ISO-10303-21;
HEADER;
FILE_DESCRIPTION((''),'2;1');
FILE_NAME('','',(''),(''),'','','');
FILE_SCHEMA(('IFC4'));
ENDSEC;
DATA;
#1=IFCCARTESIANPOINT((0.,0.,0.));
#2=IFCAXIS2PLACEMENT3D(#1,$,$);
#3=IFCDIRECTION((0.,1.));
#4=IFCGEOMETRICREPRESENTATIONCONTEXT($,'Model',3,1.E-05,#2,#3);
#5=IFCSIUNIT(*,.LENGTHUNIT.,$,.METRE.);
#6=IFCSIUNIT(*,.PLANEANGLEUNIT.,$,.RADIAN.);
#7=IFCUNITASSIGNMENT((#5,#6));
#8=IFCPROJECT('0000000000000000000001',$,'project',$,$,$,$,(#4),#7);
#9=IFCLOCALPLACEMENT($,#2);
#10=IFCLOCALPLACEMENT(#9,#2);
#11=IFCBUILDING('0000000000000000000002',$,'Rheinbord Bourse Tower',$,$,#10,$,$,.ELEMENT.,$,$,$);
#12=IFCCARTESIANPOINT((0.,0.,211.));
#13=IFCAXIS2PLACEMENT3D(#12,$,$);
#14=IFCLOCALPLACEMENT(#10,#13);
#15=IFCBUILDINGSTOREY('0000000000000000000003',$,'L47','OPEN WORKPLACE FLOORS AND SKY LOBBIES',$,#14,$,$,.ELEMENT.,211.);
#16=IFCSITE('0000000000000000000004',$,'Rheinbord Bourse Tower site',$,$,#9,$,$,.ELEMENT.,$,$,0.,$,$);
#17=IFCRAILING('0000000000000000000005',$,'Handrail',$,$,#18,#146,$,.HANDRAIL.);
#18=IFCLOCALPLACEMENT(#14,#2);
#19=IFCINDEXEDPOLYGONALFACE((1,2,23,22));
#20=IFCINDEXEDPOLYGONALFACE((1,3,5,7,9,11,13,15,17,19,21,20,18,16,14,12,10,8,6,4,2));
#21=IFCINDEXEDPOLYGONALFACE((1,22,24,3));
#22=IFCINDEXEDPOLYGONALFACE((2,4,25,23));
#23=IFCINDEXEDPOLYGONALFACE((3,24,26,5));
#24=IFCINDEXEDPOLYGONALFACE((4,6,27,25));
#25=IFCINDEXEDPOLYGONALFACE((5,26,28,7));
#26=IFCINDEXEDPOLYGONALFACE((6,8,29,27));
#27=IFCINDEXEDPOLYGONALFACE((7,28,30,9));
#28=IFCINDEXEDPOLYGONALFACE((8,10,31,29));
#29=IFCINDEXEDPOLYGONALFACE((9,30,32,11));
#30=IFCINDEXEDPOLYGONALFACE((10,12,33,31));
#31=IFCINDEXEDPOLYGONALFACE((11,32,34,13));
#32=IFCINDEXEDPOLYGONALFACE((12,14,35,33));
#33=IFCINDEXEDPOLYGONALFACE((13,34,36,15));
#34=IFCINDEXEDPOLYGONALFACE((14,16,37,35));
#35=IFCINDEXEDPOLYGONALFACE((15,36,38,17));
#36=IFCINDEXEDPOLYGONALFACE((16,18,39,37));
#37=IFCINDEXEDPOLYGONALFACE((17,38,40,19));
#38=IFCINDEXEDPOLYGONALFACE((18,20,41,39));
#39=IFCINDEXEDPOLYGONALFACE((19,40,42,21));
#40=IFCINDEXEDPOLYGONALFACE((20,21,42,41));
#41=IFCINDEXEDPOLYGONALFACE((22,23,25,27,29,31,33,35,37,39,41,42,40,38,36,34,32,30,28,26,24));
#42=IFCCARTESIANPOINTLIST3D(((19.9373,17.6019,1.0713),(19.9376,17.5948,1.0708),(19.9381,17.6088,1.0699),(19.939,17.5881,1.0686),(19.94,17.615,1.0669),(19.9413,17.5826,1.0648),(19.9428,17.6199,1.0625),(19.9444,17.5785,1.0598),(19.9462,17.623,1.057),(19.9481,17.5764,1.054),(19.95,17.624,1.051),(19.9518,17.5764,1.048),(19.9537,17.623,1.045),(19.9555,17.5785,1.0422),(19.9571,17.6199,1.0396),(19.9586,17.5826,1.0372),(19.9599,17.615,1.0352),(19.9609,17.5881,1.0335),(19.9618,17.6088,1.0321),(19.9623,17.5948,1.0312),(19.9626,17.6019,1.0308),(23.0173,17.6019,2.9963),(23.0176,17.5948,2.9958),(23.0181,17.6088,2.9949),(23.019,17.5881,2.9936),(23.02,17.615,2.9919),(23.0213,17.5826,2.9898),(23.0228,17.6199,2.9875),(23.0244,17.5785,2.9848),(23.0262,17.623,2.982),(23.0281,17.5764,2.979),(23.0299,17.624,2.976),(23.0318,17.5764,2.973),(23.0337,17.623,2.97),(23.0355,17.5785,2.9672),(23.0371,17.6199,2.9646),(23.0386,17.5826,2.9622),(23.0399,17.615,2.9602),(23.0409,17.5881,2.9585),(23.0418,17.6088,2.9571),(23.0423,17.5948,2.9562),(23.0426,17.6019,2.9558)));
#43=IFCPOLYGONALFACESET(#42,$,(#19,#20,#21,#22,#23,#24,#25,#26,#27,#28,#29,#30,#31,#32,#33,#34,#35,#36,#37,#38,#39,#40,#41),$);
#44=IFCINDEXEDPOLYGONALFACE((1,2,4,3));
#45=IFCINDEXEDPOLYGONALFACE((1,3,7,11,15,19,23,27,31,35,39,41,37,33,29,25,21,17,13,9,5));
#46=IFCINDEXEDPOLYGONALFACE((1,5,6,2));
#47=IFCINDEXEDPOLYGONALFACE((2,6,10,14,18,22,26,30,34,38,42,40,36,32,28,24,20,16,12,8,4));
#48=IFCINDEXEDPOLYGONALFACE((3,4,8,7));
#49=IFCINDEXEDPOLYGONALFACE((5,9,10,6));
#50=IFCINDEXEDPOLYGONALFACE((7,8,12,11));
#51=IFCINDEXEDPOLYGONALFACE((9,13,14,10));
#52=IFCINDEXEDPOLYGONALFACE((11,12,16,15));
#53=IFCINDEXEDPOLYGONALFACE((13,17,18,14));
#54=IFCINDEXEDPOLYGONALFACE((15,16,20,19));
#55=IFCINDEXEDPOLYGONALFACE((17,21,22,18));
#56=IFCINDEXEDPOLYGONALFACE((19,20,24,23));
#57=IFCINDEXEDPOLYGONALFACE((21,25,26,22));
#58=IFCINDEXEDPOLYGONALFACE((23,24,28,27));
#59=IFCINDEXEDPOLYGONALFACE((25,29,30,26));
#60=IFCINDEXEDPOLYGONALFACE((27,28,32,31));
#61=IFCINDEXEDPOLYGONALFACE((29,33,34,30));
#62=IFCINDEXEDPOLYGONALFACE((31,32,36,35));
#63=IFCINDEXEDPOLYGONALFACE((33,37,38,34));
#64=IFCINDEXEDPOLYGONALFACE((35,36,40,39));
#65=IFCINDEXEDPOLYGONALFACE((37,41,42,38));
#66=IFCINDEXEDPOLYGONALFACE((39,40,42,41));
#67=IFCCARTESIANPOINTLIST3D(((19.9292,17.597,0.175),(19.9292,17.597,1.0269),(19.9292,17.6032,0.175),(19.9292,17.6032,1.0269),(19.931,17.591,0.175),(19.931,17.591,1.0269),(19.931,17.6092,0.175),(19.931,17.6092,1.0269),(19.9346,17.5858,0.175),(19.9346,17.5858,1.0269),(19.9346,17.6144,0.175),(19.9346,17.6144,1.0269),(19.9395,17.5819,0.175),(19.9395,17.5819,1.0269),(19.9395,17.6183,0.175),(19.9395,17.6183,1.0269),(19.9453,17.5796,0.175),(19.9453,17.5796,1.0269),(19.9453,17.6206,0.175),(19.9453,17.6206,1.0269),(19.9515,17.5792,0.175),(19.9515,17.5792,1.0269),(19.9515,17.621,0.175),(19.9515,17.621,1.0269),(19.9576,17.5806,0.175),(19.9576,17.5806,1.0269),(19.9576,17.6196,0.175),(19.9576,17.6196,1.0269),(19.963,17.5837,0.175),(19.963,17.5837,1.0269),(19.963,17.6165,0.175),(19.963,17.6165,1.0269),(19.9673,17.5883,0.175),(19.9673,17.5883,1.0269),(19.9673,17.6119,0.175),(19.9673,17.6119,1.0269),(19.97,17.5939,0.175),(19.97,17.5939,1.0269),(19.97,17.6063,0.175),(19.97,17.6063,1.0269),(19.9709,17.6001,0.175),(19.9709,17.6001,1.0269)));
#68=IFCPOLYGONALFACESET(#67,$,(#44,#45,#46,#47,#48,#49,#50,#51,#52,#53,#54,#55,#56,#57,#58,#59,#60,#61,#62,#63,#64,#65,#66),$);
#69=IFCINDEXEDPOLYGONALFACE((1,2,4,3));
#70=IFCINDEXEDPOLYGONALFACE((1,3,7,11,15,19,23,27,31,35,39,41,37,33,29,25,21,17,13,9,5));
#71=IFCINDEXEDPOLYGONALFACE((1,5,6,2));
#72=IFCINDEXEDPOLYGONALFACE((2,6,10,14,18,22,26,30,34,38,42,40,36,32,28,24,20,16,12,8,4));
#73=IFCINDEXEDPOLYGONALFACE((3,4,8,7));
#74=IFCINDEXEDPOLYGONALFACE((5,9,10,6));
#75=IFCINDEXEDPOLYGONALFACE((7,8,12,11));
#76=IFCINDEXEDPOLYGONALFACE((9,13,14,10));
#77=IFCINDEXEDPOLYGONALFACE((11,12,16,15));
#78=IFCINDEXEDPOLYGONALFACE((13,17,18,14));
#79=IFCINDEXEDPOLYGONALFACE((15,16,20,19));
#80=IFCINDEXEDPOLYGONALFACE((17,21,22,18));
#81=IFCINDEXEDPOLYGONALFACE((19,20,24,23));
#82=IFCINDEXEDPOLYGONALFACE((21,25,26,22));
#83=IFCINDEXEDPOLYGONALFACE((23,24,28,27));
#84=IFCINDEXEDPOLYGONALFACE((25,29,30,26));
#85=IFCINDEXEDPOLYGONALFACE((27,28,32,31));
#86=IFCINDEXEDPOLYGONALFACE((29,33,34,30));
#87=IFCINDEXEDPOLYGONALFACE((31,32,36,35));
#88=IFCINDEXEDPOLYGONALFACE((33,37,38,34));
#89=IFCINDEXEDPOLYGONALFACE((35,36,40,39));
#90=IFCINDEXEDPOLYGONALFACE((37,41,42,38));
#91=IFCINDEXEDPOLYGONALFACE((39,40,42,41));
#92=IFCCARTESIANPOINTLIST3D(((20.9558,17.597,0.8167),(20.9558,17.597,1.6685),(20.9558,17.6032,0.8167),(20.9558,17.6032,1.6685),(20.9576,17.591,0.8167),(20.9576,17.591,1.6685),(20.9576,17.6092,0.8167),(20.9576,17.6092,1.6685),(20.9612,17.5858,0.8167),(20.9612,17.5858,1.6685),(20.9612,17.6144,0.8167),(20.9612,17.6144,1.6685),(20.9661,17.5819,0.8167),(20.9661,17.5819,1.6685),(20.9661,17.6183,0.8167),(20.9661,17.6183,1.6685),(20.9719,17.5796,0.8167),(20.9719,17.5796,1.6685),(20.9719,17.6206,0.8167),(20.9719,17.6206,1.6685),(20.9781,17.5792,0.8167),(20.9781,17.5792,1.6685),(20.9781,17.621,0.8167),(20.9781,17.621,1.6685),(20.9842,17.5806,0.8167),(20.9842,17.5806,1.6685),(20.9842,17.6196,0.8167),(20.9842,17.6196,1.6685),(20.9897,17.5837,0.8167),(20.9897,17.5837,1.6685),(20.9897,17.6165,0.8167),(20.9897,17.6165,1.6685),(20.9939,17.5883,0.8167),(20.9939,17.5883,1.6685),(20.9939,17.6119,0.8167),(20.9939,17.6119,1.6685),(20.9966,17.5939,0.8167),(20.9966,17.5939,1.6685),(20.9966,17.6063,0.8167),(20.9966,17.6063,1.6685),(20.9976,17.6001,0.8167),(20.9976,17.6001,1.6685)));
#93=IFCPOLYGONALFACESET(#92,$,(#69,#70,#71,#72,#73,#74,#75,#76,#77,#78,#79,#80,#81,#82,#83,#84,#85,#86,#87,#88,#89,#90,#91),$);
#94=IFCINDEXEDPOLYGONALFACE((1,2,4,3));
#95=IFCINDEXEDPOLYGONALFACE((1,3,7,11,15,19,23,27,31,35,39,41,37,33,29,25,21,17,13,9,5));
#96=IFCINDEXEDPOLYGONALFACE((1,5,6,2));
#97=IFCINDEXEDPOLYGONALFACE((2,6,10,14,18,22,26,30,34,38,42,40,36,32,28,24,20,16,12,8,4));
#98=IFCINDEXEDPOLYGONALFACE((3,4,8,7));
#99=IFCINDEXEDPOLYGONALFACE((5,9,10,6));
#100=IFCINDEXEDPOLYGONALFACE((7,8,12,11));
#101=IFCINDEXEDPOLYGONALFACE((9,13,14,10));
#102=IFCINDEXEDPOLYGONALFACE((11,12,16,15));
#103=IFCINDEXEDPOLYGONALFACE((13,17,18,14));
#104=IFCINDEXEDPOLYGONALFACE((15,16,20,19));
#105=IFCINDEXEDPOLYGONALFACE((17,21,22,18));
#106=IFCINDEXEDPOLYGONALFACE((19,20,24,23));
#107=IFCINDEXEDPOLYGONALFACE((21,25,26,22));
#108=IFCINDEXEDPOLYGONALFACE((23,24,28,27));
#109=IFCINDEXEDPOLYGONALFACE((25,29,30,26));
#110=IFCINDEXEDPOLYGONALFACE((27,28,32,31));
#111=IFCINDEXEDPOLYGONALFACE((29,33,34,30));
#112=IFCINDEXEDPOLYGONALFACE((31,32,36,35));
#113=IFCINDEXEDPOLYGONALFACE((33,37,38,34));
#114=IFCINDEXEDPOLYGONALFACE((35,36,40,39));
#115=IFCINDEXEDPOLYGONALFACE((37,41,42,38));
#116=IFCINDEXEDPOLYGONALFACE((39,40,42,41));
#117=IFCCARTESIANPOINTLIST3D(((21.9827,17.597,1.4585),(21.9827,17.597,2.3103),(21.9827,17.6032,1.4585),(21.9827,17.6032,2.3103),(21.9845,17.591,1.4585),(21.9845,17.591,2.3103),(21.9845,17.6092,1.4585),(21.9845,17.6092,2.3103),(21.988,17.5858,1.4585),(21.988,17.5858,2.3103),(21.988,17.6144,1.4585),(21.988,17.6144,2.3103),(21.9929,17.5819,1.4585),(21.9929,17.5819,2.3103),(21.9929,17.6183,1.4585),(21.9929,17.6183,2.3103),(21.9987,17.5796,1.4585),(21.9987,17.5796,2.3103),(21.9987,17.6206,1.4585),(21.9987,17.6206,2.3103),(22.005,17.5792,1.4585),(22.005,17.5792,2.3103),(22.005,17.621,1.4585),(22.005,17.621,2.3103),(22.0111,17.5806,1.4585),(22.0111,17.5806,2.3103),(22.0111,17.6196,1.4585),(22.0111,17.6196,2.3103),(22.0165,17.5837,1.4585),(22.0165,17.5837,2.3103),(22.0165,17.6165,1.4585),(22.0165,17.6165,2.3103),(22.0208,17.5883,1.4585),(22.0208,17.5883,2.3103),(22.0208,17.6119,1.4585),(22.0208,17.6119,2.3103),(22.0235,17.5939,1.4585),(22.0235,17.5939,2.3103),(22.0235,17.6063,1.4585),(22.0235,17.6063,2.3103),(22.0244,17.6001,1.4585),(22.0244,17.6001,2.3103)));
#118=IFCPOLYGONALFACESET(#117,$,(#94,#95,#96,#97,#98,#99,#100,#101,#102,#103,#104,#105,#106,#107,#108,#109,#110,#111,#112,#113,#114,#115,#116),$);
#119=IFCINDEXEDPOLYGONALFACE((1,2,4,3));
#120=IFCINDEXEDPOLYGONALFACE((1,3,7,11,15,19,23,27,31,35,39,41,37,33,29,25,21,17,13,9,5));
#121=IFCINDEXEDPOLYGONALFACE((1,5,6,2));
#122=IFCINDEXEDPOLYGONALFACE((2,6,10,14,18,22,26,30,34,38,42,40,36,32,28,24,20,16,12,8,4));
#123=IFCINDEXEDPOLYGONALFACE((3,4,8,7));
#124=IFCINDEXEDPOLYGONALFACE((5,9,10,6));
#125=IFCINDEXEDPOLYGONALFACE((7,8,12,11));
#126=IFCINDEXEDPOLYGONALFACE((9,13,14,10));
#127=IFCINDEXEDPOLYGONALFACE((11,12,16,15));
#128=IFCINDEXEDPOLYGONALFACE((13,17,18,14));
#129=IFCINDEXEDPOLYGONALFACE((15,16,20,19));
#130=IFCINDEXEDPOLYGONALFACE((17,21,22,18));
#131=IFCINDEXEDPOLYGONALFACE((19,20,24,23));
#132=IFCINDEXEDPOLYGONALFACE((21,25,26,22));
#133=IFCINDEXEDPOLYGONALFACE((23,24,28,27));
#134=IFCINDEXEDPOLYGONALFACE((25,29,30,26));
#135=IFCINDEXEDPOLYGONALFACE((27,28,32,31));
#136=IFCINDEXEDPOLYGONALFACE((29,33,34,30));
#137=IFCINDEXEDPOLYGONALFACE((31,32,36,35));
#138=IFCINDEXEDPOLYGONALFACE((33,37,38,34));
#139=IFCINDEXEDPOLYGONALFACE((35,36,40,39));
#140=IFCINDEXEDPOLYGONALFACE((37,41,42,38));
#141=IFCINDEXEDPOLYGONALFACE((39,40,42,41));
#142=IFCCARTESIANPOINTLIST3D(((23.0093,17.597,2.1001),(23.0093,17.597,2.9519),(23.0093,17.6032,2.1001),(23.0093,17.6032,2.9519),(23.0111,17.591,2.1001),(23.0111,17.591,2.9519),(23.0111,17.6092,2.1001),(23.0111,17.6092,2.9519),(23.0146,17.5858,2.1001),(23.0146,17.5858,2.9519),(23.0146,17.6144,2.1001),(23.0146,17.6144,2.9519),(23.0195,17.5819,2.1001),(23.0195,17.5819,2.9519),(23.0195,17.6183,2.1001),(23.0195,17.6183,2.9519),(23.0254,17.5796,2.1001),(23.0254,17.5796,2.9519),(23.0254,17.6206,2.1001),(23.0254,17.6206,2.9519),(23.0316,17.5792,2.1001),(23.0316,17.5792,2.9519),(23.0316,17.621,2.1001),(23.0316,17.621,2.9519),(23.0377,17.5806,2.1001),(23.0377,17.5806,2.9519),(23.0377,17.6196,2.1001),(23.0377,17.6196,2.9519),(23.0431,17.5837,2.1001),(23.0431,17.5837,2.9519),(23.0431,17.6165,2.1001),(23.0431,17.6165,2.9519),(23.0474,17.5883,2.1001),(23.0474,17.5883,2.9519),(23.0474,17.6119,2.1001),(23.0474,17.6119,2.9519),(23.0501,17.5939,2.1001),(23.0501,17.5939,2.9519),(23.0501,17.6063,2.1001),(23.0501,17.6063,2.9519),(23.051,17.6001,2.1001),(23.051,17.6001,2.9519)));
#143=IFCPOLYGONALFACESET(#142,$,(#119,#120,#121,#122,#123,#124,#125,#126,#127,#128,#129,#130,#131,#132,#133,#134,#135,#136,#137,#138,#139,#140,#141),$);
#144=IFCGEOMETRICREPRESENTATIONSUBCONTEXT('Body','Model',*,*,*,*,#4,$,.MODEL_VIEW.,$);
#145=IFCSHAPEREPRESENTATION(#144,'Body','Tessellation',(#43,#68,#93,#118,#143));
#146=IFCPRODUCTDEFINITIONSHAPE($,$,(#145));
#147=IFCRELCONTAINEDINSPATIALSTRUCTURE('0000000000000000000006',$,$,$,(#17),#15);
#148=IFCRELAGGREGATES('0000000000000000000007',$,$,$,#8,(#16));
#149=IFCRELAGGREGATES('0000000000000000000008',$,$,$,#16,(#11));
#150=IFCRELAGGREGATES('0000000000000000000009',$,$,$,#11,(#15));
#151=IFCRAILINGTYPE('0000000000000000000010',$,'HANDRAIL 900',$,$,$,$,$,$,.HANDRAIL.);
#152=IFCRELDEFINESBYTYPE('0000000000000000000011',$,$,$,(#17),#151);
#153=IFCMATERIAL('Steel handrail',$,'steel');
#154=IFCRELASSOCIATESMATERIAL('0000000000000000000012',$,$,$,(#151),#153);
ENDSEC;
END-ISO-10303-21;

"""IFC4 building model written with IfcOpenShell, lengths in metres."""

from ifc_helpers import new_model, si_unit, direction, frame, origin, origin_2d, place, context, subcontext, project, spatial, circle, extrude, material, type_object, element, save


model = new_model("IFC4")

# Units and contexts
model_context = context("Model", 3, precision=1e-05, world=origin(), true_north=direction((0.0, 1.0)))
body_context = subcontext(model_context, "Body", "Model", "MODEL_VIEW")
ifc_project = project(units=[si_unit("LENGTHUNIT", "METRE"), si_unit("PLANEANGLEUNIT", "RADIAN")], contexts=[model_context])

# Site, building, storey
site_placement = place(None, origin())
site = spatial("IfcSite", under=ifc_project, at=site_placement, Name="Rheinbord Bourse Tower site", CompositionType="ELEMENT", RefElevation=0.0)
building_placement = place(site_placement, origin())
building = spatial("IfcBuilding", under=site, at=building_placement, Name="Rheinbord Bourse Tower", CompositionType="ELEMENT")
storey_placement = place(building_placement, frame((0.0, 0.0, 211.0)))
storey = spatial("IfcBuildingStorey", under=building, at=storey_placement, Name="L47", Description="OPEN WORKPLACE FLOORS AND SKY LOBBIES", CompositionType="ELEMENT", Elevation=211.0)

# Railing
ifc_material_1 = material(Name="Steel handrail", Category="steel")
railing_type = type_object("IfcRailingType", Name="HANDRAIL 900", PredefinedType="HANDRAIL", material=ifc_material_1)
railing_1_placement = place(storey_placement, frame((19.95, 17.6001, 0.175)))
element("IfcRailing", 1, at=railing_1_placement, inside=storey, type_object=railing_type, Name="Handrail", PredefinedType="HANDRAIL", context=body_context, shape_type="SweptSolid", body=[
    extrude(circle(Radius=0.0239, at=origin_2d()), frame((0.0, 0.0, 0.876), z_axis=(0.847998, 0.0, 0.529999), x_axis=(0.0, 1.0, 0.0)), (0.0, 0.0, 1.0), 3.6321),
    extrude(circle(Radius=0.021, at=origin_2d()), origin(), (0.0, 0.0, 1.0), 0.8518),
    extrude(circle(Radius=0.021, at=origin_2d()), frame((1.0266, 0.0, 0.6416)), (0.0, 0.0, 1.0), 0.8518),
    extrude(circle(Radius=0.021, at=origin_2d()), frame((2.0535, 0.0, 1.2834)), (0.0, 0.0, 1.0), 0.8518),
    extrude(circle(Radius=0.021, at=origin_2d()), frame((3.0801, 0.0, 1.925)), (0.0, 0.0, 1.0), 0.8518),
])

save(model, "model.ifc")
